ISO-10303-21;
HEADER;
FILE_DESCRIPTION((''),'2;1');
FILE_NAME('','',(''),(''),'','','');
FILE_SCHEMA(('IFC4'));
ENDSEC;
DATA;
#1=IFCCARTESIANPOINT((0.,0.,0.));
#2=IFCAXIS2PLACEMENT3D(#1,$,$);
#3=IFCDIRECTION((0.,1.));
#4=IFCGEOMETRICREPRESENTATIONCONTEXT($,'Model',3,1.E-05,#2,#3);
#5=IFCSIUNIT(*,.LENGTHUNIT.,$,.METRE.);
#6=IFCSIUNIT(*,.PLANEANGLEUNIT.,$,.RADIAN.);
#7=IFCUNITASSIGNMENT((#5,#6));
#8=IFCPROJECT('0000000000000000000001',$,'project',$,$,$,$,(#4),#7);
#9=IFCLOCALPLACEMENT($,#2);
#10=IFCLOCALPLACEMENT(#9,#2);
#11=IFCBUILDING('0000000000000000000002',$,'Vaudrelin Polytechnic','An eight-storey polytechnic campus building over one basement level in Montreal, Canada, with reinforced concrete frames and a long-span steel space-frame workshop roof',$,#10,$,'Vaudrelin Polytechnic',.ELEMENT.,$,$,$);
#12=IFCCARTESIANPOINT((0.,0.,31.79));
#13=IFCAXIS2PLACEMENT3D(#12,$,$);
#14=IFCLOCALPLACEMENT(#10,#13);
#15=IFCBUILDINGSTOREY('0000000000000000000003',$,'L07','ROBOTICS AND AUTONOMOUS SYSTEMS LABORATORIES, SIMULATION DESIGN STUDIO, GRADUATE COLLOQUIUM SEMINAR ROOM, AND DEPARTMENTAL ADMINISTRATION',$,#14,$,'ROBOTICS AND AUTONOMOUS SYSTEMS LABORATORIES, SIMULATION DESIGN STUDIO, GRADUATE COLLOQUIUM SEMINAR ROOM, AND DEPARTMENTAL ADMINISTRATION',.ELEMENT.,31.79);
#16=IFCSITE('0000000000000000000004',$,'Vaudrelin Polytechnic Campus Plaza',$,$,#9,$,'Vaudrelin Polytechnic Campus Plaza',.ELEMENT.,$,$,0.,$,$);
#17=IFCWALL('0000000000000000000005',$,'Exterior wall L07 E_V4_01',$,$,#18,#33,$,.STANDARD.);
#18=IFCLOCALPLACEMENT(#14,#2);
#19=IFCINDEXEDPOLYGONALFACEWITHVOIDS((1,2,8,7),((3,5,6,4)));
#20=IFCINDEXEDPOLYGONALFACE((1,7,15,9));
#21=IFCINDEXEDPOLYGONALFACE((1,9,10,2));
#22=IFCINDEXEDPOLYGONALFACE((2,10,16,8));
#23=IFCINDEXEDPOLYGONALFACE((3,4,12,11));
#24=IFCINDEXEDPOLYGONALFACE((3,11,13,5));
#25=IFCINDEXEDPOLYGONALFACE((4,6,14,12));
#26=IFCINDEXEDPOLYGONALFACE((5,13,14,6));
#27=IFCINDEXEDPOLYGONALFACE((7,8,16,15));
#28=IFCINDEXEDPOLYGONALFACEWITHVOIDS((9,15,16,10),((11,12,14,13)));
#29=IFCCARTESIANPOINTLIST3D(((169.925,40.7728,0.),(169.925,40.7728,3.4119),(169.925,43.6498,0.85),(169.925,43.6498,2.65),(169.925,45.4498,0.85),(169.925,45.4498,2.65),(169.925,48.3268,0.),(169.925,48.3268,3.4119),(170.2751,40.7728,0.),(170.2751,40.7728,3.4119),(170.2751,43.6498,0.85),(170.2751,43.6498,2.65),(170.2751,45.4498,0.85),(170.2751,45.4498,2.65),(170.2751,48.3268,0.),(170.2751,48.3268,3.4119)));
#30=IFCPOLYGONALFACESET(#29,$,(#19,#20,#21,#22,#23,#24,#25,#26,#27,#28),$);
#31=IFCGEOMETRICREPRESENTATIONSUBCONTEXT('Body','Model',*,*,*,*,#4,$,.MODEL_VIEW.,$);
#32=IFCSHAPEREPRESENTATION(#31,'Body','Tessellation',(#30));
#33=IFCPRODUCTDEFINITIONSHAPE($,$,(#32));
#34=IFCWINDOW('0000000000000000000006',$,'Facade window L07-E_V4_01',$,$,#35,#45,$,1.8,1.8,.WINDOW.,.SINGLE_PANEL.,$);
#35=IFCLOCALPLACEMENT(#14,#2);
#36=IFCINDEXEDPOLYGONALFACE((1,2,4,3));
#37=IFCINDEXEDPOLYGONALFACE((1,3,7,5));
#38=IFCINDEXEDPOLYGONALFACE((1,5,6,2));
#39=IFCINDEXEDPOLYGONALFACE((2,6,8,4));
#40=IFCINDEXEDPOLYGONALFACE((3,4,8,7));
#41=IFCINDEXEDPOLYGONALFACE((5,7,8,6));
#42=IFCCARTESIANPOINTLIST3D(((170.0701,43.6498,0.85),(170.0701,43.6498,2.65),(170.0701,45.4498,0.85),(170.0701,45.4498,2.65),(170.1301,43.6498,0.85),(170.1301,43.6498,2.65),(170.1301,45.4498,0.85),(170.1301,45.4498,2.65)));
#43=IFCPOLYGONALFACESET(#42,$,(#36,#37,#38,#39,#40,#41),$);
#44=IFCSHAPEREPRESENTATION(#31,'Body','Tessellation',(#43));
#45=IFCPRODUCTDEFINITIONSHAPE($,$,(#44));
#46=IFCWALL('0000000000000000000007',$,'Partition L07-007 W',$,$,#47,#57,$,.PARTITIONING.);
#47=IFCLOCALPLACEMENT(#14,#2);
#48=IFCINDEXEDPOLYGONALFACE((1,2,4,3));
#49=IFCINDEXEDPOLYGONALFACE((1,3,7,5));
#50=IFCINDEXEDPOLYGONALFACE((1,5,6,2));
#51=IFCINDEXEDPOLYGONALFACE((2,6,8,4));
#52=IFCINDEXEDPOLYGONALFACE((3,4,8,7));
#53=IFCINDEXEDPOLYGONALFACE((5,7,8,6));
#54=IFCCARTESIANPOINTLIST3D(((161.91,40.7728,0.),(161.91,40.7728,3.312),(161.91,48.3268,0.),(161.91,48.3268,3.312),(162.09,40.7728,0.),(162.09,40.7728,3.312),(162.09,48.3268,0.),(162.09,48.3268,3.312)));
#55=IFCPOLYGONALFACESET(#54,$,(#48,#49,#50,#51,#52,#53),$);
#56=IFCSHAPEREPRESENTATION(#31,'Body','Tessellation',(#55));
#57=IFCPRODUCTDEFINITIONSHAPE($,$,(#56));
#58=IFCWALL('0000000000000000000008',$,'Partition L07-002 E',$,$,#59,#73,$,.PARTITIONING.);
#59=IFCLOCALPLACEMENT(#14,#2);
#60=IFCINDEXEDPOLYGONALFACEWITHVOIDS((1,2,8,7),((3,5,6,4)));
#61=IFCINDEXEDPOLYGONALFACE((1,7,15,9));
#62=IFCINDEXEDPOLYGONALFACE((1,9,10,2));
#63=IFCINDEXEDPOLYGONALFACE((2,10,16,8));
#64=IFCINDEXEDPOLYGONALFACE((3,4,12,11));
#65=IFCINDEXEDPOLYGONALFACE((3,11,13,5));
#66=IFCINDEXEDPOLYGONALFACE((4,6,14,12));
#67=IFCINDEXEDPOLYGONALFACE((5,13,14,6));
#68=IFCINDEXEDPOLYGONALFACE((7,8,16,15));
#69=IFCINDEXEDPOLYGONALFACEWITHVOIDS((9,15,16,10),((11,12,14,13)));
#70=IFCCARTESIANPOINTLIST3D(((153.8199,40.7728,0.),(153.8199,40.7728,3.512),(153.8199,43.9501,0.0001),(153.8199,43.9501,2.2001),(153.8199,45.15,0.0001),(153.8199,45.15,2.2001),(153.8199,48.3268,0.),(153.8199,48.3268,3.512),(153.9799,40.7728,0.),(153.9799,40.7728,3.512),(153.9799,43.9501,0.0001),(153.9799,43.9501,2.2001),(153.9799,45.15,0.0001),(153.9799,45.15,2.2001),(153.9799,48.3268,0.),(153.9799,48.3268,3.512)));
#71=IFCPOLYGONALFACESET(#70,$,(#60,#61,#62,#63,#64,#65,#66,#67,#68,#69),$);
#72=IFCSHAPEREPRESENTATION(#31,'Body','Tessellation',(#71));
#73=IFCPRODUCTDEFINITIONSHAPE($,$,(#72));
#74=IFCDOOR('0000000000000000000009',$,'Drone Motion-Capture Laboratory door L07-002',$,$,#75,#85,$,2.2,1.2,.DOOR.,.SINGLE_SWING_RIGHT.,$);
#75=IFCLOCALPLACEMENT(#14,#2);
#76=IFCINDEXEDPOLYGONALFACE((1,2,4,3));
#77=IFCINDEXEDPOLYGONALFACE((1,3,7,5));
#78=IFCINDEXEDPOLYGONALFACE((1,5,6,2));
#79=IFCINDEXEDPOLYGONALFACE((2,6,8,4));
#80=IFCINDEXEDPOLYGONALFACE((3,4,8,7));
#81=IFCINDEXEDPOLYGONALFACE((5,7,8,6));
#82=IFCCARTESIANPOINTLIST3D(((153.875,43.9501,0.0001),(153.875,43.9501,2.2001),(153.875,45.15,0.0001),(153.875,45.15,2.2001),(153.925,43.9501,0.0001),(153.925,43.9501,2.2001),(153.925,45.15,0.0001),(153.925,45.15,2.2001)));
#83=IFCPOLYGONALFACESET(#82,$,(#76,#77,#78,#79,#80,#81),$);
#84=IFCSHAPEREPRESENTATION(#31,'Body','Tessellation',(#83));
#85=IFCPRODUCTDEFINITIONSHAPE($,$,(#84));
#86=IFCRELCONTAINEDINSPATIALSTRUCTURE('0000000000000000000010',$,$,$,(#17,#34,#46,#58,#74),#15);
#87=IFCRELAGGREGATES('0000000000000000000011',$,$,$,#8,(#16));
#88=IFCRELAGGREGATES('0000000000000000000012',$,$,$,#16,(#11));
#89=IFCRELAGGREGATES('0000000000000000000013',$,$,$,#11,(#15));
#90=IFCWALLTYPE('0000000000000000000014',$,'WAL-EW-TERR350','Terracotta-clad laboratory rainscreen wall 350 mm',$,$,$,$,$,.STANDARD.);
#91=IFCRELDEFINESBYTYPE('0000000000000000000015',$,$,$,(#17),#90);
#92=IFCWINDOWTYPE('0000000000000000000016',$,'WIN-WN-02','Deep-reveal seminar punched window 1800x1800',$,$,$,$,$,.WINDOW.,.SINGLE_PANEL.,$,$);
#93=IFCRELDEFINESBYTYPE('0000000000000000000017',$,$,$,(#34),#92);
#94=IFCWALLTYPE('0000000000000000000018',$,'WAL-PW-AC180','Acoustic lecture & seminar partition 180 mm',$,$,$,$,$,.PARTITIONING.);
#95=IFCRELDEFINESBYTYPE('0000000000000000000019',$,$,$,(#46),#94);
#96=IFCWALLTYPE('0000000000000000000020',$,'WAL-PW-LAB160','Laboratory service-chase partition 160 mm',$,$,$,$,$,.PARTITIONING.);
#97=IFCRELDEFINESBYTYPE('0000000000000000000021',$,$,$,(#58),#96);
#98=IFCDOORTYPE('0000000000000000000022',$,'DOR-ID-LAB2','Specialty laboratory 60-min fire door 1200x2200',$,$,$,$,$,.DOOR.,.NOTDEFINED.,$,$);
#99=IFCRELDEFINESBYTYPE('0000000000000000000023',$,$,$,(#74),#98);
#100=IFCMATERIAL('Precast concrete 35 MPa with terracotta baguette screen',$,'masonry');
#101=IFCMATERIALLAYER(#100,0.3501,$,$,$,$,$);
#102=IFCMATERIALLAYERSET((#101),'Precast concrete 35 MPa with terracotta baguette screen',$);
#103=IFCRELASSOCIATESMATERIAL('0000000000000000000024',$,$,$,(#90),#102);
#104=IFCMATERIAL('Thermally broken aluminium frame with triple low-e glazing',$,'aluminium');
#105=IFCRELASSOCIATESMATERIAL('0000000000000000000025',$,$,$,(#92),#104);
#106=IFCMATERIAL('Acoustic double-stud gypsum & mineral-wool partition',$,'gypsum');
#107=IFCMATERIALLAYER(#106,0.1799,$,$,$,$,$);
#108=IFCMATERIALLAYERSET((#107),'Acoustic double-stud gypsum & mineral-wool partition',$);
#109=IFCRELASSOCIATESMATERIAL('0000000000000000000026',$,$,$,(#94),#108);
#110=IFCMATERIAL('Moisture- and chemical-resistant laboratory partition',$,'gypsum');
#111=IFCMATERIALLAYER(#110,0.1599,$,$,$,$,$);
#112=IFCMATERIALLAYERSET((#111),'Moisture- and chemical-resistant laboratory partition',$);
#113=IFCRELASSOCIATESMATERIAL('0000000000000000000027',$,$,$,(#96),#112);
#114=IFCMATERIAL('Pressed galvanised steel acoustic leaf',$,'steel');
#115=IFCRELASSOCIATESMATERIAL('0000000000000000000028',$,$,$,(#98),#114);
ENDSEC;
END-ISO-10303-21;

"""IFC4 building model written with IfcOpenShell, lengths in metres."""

from ifc_helpers import new_model, si_unit, direction, frame, frame_2d, origin, place, context, subcontext, project, spatial, rectangle, extrude, material, layer, layer_set, type_object, element, fill, save


model = new_model("IFC4")

# Units and contexts
model_context = context("Model", 3, precision=1e-05, world=origin(), true_north=direction((0.0, 1.0)))
body_context = subcontext(model_context, "Body", "Model", "MODEL_VIEW")
ifc_project = project(units=[si_unit("LENGTHUNIT", "METRE"), si_unit("PLANEANGLEUNIT", "RADIAN")], contexts=[model_context])

# Site, building, storey
site_placement = place(None, origin())
site = spatial("IfcSite", under=ifc_project, at=site_placement, Name="Vaudrelin Polytechnic Campus Plaza", LongName="Vaudrelin Polytechnic Campus Plaza", CompositionType="ELEMENT", RefElevation=0.0)
building_placement = place(site_placement, origin())
building = spatial("IfcBuilding", under=site, at=building_placement, Name="Vaudrelin Polytechnic", Description="An eight-storey polytechnic campus building over one basement level in Montreal, Canada, with reinforced concrete frames and a long-span steel space-frame workshop roof", LongName="Vaudrelin Polytechnic", CompositionType="ELEMENT")
storey_placement = place(building_placement, frame((0.0, 0.0, 31.79)))
storey = spatial("IfcBuildingStorey", under=building, at=storey_placement, Name="L07", Description="ROBOTICS AND AUTONOMOUS SYSTEMS LABORATORIES, SIMULATION DESIGN STUDIO, GRADUATE COLLOQUIUM SEMINAR ROOM, AND DEPARTMENTAL ADMINISTRATION", LongName="ROBOTICS AND AUTONOMOUS SYSTEMS LABORATORIES, SIMULATION DESIGN STUDIO, GRADUATE COLLOQUIUM SEMINAR ROOM, AND DEPARTMENTAL ADMINISTRATION", CompositionType="ELEMENT", Elevation=31.79)

# Wall, opening, window
ifc_material_1 = material(Name="Precast concrete 35 MPa with terracotta baguette screen", Category="masonry")
ifc_layer_1 = layer(ifc_material_1, 0.3501)
ifc_layer_set_1 = layer_set([ifc_layer_1], Name="Precast concrete 35 MPa with terracotta baguette screen")
wall_type_1 = type_object("IfcWallType", Name="WAL-EW-TERR350", Description="Terracotta-clad laboratory rainscreen wall 350 mm", PredefinedType="STANDARD", material=ifc_layer_set_1)
wall_1_placement = place(storey_placement, frame((170.1001, 40.7729, 0.0), z_axis=(0.0, 0.0, 1.0), x_axis=(0.0, 1.0, 0.0)))
wall_1 = element("IfcWall", 1, at=wall_1_placement, inside=storey, type_object=wall_type_1, Name="Exterior wall L07 E_V4_01", PredefinedType="STANDARD", context=body_context, shape_type="SweptSolid", body=[
    extrude(rectangle(XDim=7.554, YDim=0.3501, at=frame_2d((3.7769, 0.0))), origin(), (0.0, 0.0, 1.0), 3.4119),
])
opening_1_placement = place(wall_1_placement, frame((2.877, 0.0, 0.8501)))
opening_1 = element("IfcOpeningElement", 2, at=opening_1_placement, cuts=wall_1, PredefinedType="OPENING", context=body_context, shape_type="SweptSolid", body=[
    extrude(rectangle(XDim=1.8, YDim=1.8, at=frame_2d((0.8999, 0.8999))), frame((0.0, 0.1851, 0.0), z_axis=(0.0, -1.0, 0.0), x_axis=(1.0, 0.0, 0.0)), (0.0, 0.0, 1.0), 0.3701),
])
ifc_material_2 = material(Name="Thermally broken aluminium frame with triple low-e glazing", Category="aluminium")
window_type = type_object("IfcWindowType", Name="WIN-WN-02", Description="Deep-reveal seminar punched window 1800x1800", PartitioningType="SINGLE_PANEL", PredefinedType="WINDOW", material=ifc_material_2)
window_placement = place(opening_1_placement, origin())
window = element("IfcWindow", 3, at=window_placement, inside=storey, type_object=window_type, Name="Facade window L07-E_V4_01", OverallHeight=1.8, OverallWidth=1.8, PartitioningType="SINGLE_PANEL", PredefinedType="WINDOW", context=body_context, shape_type="SweptSolid", body=[
    extrude(rectangle(XDim=1.8, YDim=1.8, at=frame_2d((0.8999, 0.8999))), frame((0.0, 0.03, 0.0), z_axis=(0.0, -1.0, 0.0), x_axis=(1.0, 0.0, 0.0)), (0.0, 0.0, 1.0), 0.0601),
])
fill(opening_1, window)

# Wall
ifc_material_3 = material(Name="Acoustic double-stud gypsum & mineral-wool partition", Category="gypsum")
ifc_layer_2 = layer(ifc_material_3, 0.1799)
ifc_layer_set_2 = layer_set([ifc_layer_2], Name="Acoustic double-stud gypsum & mineral-wool partition")
wall_type_2 = type_object("IfcWallType", Name="WAL-PW-AC180", Description="Acoustic lecture & seminar partition 180 mm", PredefinedType="PARTITIONING", material=ifc_layer_set_2)
wall_2_placement = place(storey_placement, frame((162.0, 40.7729, 0.0), z_axis=(0.0, 0.0, 1.0), x_axis=(0.0, 1.0, 0.0)))
element("IfcWall", 4, at=wall_2_placement, inside=storey, type_object=wall_type_2, Name="Partition L07-007 W", PredefinedType="PARTITIONING", context=body_context, shape_type="SweptSolid", body=[
    extrude(rectangle(XDim=7.554, YDim=0.1799, at=frame_2d((3.7769, 0.0))), origin(), (0.0, 0.0, 1.0), 3.312),
])

# Wall, opening, door
ifc_material_4 = material(Name="Moisture- and chemical-resistant laboratory partition", Category="gypsum")
ifc_layer_3 = layer(ifc_material_4, 0.1599)
ifc_layer_set_3 = layer_set([ifc_layer_3], Name="Moisture- and chemical-resistant laboratory partition")
wall_type_3 = type_object("IfcWallType", Name="WAL-PW-LAB160", Description="Laboratory service-chase partition 160 mm", PredefinedType="PARTITIONING", material=ifc_layer_set_3)
wall_3_placement = place(storey_placement, frame((153.8999, 40.7729, 0.0), z_axis=(0.0, 0.0, 1.0), x_axis=(0.0, 1.0, 0.0)))
wall_3 = element("IfcWall", 5, at=wall_3_placement, inside=storey, type_object=wall_type_3, Name="Partition L07-002 E", PredefinedType="PARTITIONING", context=body_context, shape_type="SweptSolid", body=[
    extrude(rectangle(XDim=7.554, YDim=0.1599, at=frame_2d((3.7769, 0.0))), origin(), (0.0, 0.0, 1.0), 3.512),
])
opening_2_placement = place(wall_3_placement, frame((3.177, 0.0, 0.0)))
opening_2 = element("IfcOpeningElement", 6, at=opening_2_placement, cuts=wall_3, PredefinedType="OPENING", context=body_context, shape_type="SweptSolid", body=[
    extrude(rectangle(XDim=1.2, YDim=2.2, at=frame_2d((0.6001, 1.1001))), frame((0.0, 0.0898, 0.0), z_axis=(0.0, -1.0, 0.0), x_axis=(1.0, 0.0, 0.0)), (0.0, 0.0, 1.0), 0.1799),
])
ifc_material_5 = material(Name="Pressed galvanised steel acoustic leaf", Category="steel")
door_type = type_object("IfcDoorType", Name="DOR-ID-LAB2", Description="Specialty laboratory 60-min fire door 1200x2200", OperationType="NOTDEFINED", PredefinedType="DOOR", material=ifc_material_5)
door_placement = place(opening_2_placement, origin())
door = element("IfcDoor", 7, at=door_placement, inside=storey, type_object=door_type, Name="Drone Motion-Capture Laboratory door L07-002", OperationType="SINGLE_SWING_RIGHT", OverallHeight=2.2, OverallWidth=1.2, PredefinedType="DOOR", context=body_context, shape_type="SweptSolid", body=[
    extrude(rectangle(XDim=1.2, YDim=2.2, at=frame_2d((0.6001, 1.1001))), frame((0.0, 0.0249, 0.0), z_axis=(0.0, -1.0, 0.0), x_axis=(1.0, 0.0, 0.0)), (0.0, 0.0, 1.0), 0.05),
])
fill(opening_2, door)

save(model, "model.ifc")
